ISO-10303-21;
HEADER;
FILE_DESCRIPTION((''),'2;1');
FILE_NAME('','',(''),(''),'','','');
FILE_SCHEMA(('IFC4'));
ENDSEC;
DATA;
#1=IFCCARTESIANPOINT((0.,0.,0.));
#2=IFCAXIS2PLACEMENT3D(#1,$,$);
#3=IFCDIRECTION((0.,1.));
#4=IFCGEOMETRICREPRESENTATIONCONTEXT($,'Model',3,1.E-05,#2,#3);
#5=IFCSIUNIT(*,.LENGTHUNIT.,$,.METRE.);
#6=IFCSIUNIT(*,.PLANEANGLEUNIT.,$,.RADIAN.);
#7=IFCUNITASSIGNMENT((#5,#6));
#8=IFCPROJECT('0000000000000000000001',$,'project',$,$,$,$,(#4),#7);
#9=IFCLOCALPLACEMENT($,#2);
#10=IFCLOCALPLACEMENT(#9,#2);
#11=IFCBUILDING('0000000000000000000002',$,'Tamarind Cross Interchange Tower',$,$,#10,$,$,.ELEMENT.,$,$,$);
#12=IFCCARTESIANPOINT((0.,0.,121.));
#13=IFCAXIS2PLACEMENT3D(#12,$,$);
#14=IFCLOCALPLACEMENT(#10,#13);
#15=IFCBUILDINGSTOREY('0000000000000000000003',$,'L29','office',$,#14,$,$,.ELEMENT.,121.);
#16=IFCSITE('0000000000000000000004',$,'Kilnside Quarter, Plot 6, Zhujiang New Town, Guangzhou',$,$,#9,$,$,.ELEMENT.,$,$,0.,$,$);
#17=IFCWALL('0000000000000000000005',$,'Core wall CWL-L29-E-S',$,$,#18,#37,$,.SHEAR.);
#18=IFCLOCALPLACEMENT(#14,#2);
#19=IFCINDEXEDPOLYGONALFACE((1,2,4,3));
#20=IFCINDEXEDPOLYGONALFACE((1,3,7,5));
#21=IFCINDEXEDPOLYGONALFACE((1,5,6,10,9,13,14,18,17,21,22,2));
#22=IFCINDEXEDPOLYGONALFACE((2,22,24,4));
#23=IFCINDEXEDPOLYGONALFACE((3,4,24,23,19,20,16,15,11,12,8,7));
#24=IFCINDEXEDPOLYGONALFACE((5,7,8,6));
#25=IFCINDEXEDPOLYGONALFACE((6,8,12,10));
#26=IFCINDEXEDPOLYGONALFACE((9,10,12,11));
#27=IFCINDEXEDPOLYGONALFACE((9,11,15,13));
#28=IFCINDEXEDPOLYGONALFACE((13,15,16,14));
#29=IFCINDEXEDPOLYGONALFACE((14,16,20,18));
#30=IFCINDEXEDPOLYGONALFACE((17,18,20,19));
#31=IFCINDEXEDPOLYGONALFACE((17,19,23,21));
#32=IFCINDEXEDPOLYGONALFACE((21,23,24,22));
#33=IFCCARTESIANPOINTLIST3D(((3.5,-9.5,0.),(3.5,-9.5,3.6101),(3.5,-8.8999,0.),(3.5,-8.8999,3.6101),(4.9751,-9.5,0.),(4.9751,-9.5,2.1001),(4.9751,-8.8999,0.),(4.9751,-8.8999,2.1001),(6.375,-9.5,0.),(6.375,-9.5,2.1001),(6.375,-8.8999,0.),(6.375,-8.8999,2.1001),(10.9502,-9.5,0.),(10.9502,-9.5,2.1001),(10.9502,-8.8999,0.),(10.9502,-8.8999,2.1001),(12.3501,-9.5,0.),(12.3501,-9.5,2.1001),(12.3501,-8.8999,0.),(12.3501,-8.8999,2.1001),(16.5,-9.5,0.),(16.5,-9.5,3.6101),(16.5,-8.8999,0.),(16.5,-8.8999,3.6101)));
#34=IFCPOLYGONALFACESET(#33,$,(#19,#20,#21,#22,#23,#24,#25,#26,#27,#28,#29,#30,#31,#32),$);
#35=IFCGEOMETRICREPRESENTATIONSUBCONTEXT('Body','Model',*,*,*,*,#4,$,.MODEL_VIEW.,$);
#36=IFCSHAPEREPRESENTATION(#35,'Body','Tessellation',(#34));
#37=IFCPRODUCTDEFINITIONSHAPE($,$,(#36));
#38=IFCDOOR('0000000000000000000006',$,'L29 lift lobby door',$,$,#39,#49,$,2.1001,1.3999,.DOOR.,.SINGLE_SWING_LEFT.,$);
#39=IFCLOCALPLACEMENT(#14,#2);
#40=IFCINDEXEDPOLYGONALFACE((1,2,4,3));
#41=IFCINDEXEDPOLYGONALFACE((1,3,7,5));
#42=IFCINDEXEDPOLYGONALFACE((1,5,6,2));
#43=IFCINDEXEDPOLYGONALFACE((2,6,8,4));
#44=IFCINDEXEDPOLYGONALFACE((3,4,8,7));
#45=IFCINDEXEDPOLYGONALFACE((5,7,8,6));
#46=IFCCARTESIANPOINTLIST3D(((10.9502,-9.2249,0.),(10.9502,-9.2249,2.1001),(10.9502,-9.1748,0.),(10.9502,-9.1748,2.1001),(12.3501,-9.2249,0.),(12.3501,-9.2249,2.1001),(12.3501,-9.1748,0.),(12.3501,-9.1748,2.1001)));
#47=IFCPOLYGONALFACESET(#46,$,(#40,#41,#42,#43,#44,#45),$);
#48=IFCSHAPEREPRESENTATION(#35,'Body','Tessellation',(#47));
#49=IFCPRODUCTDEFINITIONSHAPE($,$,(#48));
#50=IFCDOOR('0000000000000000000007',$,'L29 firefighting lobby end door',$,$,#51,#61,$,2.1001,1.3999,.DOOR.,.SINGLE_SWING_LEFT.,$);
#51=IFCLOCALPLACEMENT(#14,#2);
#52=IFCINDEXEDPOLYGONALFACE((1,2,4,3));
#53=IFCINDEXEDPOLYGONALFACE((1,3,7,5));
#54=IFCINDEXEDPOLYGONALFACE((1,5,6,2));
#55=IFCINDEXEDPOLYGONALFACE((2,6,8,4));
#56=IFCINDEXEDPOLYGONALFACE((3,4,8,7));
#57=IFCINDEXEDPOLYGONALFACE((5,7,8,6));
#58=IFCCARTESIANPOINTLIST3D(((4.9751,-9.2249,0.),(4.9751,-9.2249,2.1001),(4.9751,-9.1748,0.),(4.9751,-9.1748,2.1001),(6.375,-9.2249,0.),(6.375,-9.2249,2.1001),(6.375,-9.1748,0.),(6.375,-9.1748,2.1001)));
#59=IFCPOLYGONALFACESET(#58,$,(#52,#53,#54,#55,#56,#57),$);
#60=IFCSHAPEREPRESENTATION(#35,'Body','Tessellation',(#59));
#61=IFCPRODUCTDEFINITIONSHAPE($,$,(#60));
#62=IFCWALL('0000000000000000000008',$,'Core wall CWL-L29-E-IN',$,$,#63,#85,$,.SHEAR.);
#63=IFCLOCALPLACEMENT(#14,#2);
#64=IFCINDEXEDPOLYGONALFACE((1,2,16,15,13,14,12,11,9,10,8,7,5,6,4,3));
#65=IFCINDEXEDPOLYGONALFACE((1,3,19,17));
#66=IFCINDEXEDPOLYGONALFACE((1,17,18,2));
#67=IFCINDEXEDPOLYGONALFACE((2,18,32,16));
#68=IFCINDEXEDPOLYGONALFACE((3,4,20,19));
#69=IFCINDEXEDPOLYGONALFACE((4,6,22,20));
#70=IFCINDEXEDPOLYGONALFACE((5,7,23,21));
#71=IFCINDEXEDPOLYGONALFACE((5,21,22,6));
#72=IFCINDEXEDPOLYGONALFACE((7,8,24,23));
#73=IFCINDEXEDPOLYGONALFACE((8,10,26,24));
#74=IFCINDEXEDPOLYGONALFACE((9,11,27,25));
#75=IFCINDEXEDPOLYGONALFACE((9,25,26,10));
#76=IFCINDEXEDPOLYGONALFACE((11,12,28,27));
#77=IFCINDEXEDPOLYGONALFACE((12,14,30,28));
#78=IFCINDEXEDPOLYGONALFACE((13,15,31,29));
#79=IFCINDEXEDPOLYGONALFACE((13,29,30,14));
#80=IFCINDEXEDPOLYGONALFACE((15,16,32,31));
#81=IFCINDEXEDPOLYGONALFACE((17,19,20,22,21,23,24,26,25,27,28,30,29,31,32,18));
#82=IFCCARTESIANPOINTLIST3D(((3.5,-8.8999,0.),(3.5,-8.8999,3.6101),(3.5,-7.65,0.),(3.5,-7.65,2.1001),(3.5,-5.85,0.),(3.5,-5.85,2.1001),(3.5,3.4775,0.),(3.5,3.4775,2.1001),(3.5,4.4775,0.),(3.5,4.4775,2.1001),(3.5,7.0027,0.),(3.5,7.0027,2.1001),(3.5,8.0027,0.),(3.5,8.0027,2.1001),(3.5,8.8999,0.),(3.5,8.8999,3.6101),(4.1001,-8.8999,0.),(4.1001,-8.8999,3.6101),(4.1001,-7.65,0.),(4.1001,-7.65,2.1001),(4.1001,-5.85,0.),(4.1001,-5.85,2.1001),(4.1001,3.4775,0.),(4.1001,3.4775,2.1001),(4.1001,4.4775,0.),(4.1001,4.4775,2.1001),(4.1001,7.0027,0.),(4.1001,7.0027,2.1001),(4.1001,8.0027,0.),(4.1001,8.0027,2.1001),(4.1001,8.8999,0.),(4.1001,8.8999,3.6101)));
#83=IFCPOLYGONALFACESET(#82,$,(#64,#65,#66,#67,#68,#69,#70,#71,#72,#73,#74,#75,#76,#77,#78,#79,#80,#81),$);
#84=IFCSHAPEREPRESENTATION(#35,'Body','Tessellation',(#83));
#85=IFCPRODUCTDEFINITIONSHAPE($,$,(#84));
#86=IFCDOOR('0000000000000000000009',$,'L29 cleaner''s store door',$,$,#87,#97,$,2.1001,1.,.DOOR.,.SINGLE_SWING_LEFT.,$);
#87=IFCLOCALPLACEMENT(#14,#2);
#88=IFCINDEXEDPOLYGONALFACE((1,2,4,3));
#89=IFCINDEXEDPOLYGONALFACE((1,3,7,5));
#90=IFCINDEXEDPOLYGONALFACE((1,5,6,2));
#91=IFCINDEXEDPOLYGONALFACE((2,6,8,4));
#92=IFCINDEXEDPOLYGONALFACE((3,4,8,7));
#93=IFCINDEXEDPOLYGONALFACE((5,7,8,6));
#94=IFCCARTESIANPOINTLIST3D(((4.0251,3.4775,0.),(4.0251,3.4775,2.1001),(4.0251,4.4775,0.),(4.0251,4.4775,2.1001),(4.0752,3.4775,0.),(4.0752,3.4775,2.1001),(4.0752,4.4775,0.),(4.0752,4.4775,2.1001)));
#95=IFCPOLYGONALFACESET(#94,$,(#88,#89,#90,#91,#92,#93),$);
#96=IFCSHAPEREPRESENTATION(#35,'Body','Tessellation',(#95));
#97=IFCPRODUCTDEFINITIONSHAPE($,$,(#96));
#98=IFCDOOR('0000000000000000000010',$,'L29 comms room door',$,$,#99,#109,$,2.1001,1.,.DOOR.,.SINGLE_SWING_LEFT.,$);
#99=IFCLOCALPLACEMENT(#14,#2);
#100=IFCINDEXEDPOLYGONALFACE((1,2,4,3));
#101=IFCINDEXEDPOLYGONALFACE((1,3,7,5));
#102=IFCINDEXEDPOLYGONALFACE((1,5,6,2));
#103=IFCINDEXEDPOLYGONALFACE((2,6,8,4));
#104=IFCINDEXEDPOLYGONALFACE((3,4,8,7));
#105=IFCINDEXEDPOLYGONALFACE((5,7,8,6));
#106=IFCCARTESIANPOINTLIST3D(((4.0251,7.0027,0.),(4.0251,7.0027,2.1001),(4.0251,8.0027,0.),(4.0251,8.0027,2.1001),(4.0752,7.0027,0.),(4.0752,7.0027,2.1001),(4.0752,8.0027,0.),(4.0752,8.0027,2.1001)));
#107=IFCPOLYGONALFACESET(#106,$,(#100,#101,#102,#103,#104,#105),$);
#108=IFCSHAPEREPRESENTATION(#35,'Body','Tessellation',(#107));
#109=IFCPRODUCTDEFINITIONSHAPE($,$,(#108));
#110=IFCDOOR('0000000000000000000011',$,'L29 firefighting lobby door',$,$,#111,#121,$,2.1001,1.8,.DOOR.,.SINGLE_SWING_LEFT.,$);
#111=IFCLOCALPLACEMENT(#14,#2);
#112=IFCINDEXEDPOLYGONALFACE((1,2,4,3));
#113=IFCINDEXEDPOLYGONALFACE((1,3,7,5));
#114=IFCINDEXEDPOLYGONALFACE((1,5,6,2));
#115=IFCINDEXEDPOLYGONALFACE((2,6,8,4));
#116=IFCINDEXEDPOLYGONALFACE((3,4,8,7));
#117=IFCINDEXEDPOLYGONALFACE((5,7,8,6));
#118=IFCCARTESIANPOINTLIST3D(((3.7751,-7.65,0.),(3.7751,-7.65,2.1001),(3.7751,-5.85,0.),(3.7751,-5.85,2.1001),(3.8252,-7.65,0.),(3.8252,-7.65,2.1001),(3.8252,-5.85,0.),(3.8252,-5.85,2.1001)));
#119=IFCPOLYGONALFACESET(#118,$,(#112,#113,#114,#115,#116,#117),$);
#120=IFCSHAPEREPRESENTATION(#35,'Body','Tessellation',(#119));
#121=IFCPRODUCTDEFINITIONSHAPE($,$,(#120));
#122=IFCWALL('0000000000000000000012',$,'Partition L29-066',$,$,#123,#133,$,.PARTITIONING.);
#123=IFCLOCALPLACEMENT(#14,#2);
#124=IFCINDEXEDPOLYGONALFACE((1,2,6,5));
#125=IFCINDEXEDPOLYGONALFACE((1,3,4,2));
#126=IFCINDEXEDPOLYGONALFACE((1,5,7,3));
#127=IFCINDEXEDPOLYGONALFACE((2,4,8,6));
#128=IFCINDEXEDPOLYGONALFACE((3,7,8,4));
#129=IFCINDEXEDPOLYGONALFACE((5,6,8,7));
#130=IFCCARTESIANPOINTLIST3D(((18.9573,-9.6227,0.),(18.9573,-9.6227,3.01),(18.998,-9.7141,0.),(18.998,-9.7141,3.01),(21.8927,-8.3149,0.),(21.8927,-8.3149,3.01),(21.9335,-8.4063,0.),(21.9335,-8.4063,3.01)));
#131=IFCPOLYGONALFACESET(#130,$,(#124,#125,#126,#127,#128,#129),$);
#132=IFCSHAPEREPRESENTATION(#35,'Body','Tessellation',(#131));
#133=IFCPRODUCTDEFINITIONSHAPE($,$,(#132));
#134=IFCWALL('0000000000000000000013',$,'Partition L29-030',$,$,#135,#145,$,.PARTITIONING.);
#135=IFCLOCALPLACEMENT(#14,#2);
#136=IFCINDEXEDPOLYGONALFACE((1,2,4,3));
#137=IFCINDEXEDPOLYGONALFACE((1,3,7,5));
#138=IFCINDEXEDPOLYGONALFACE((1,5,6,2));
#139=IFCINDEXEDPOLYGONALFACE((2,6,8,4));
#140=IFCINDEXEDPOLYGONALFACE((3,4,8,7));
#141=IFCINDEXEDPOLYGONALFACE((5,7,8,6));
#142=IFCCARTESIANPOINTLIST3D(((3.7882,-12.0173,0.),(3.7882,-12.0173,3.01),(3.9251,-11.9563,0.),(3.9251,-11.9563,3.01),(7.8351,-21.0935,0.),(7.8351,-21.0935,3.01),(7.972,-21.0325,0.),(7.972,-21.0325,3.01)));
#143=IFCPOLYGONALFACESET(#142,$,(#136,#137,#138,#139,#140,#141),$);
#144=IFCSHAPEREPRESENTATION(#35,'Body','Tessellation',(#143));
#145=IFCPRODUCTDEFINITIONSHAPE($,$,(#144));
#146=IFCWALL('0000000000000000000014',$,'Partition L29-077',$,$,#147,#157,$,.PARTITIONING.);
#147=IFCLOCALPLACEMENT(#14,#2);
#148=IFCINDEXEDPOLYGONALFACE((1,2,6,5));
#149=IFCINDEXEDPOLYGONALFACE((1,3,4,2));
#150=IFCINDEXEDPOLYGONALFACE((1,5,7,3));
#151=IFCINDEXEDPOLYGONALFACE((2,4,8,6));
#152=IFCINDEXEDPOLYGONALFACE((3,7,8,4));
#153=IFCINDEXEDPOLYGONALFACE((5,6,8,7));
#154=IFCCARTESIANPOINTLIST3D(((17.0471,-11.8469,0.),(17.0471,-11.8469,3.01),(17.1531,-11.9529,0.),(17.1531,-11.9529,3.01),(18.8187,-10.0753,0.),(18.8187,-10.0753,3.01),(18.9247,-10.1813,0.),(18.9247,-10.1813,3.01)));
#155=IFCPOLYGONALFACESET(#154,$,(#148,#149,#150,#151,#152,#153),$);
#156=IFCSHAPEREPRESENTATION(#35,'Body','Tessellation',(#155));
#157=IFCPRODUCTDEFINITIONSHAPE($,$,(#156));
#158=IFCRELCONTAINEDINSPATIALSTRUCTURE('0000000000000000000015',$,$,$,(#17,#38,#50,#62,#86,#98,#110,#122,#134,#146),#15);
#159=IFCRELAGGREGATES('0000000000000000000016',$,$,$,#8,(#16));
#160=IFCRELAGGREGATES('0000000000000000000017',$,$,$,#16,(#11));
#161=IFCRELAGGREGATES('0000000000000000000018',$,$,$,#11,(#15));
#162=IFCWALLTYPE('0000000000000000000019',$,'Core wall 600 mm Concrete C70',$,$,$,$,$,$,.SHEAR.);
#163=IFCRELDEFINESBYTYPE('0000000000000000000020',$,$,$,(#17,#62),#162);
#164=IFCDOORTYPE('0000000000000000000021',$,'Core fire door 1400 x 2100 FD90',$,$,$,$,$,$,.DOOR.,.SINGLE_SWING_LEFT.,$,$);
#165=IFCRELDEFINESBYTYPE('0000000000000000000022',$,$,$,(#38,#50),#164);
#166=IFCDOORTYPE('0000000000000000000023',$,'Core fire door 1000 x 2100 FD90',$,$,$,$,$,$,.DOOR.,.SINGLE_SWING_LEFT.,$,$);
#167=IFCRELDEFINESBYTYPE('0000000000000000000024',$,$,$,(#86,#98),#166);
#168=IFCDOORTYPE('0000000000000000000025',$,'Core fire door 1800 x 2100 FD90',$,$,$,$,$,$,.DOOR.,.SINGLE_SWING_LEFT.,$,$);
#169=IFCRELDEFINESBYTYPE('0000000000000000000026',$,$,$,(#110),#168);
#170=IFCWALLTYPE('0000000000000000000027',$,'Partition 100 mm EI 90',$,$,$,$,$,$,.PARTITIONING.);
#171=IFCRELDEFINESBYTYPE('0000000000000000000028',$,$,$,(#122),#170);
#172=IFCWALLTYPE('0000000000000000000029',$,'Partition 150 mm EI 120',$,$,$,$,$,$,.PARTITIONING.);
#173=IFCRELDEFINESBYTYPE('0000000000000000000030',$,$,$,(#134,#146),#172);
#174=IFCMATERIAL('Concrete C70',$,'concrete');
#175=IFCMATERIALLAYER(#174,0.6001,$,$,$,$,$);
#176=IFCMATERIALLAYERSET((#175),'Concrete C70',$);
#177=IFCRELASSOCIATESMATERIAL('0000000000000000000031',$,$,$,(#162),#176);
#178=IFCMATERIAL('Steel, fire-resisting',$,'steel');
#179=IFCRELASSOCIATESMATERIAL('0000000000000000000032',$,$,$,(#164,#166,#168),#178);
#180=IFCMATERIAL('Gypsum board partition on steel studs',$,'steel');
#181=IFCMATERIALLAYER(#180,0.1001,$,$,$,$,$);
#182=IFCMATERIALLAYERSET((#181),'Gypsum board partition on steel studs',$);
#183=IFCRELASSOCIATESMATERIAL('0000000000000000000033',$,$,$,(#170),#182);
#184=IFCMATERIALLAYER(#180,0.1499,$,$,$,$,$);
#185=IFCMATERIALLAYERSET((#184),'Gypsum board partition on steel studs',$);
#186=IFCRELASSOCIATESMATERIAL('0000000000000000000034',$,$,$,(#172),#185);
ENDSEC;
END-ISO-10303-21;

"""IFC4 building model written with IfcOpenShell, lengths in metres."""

from ifc_helpers import new_model, si_unit, direction, frame, frame_2d, origin, place, context, subcontext, project, spatial, rectangle, extrude, material, layer, layer_set, type_object, element, fill, save


model = new_model("IFC4")

# Units and contexts
model_context = context("Model", 3, precision=1e-05, world=origin(), true_north=direction((0.0, 1.0)))
body_context = subcontext(model_context, "Body", "Model", "MODEL_VIEW")
ifc_project = project(units=[si_unit("LENGTHUNIT", "METRE"), si_unit("PLANEANGLEUNIT", "RADIAN")], contexts=[model_context])

# Site, building, storey
site_placement = place(None, origin())
site = spatial("IfcSite", under=ifc_project, at=site_placement, Name="Kilnside Quarter, Plot 6, Zhujiang New Town, Guangzhou", CompositionType="ELEMENT", RefElevation=0.0)
building_placement = place(site_placement, origin())
building = spatial("IfcBuilding", under=site, at=building_placement, Name="Tamarind Cross Interchange Tower", CompositionType="ELEMENT")
storey_placement = place(building_placement, frame((0.0, 0.0, 121.0)))
storey = spatial("IfcBuildingStorey", under=building, at=storey_placement, Name="L29", Description="office", CompositionType="ELEMENT", Elevation=121.0)

# Walls, openings, doors
ifc_material_1 = material(Name="Concrete C70", Category="concrete")
ifc_layer_1 = layer(ifc_material_1, 0.6001)
ifc_layer_set_1 = layer_set([ifc_layer_1], Name="Concrete C70")
wall_type_1 = type_object("IfcWallType", Name="Core wall 600 mm Concrete C70", PredefinedType="SHEAR", material=ifc_layer_set_1)
wall_1_placement = place(storey_placement, frame((16.5, -9.2, 0.0), z_axis=(0.0, 0.0, 1.0), x_axis=(-1.0, 0.0, 0.0)))
wall_1 = element("IfcWall", 1, at=wall_1_placement, inside=storey, type_object=wall_type_1, Name="Core wall CWL-L29-E-S", PredefinedType="SHEAR", context=body_context, shape_type="SweptSolid", body=[
    extrude(rectangle(XDim=13.0, YDim=0.6001, at=frame_2d((6.5, 0.0))), origin(), (0.0, 0.0, 1.0), 3.6101),
])
opening_1_placement = place(wall_1_placement, frame((4.1499, 0.0, 0.0)))
opening_1 = element("IfcOpeningElement", 2, at=opening_1_placement, cuts=wall_1, PredefinedType="OPENING", context=body_context, shape_type="SweptSolid", body=[
    extrude(rectangle(XDim=1.3999, YDim=2.1001, at=frame_2d((0.7, 1.05))), frame((0.0, 0.3101, 0.0), z_axis=(0.0, -1.0, 0.0), x_axis=(1.0, 0.0, 0.0)), (0.0, 0.0, 1.0), 0.6201),
])
opening_2_placement = place(wall_1_placement, frame((10.125, 0.0, 0.0)))
opening_2 = element("IfcOpeningElement", 3, at=opening_2_placement, cuts=wall_1, PredefinedType="OPENING", context=body_context, shape_type="SweptSolid", body=[
    extrude(rectangle(XDim=1.3999, YDim=2.1001, at=frame_2d((0.7, 1.05))), frame((0.0, 0.3101, 0.0), z_axis=(0.0, -1.0, 0.0), x_axis=(1.0, 0.0, 0.0)), (0.0, 0.0, 1.0), 0.6201),
])
ifc_material_2 = material(Name="Steel, fire-resisting", Category="steel")
door_type_1 = type_object("IfcDoorType", Name="Core fire door 1400 x 2100 FD90", OperationType="SINGLE_SWING_LEFT", PredefinedType="DOOR", material=ifc_material_2)
door_1_placement = place(opening_1_placement, origin())
door_1 = element("IfcDoor", 4, at=door_1_placement, inside=storey, type_object=door_type_1, Name="L29 lift lobby door", OperationType="SINGLE_SWING_LEFT", OverallHeight=2.1001, OverallWidth=1.3999, PredefinedType="DOOR", context=body_context, shape_type="SweptSolid", body=[
    extrude(rectangle(XDim=1.3999, YDim=2.1001, at=frame_2d((0.7, 1.05))), frame((0.0, 0.0249, 0.0), z_axis=(0.0, -1.0, 0.0), x_axis=(1.0, 0.0, 0.0)), (0.0, 0.0, 1.0), 0.05),
])
fill(opening_1, door_1)
door_2_placement = place(opening_2_placement, origin())
door_2 = element("IfcDoor", 5, at=door_2_placement, inside=storey, type_object=door_type_1, Name="L29 firefighting lobby end door", OperationType="SINGLE_SWING_LEFT", OverallHeight=2.1001, OverallWidth=1.3999, PredefinedType="DOOR", context=body_context, shape_type="SweptSolid", body=[
    extrude(rectangle(XDim=1.3999, YDim=2.1001, at=frame_2d((0.7, 1.05))), frame((0.0, 0.0249, 0.0), z_axis=(0.0, -1.0, 0.0), x_axis=(1.0, 0.0, 0.0)), (0.0, 0.0, 1.0), 0.05),
])
fill(opening_2, door_2)
wall_2_placement = place(storey_placement, frame((3.8, -8.8999, 0.0), z_axis=(0.0, 0.0, 1.0), x_axis=(0.0, 1.0, 0.0)))
wall_2 = element("IfcWall", 6, at=wall_2_placement, inside=storey, type_object=wall_type_1, Name="Core wall CWL-L29-E-IN", PredefinedType="SHEAR", context=body_context, shape_type="SweptSolid", body=[
    extrude(rectangle(XDim=17.7998, YDim=0.6001, at=frame_2d((8.8999, 0.0))), origin(), (0.0, 0.0, 1.0), 3.6101),
])
opening_3_placement = place(wall_2_placement, frame((1.25, 0.0, 0.0)))
opening_3 = element("IfcOpeningElement", 7, at=opening_3_placement, cuts=wall_2, PredefinedType="OPENING", context=body_context, shape_type="SweptSolid", body=[
    extrude(rectangle(XDim=1.8, YDim=2.1001, at=frame_2d((0.8999, 1.05))), frame((0.0, 0.3101, 0.0), z_axis=(0.0, -1.0, 0.0), x_axis=(1.0, 0.0, 0.0)), (0.0, 0.0, 1.0), 0.6201),
])
opening_4_placement = place(wall_2_placement, frame((12.3774, 0.0, 0.0)))
opening_4 = element("IfcOpeningElement", 8, at=opening_4_placement, cuts=wall_2, PredefinedType="OPENING", context=body_context, shape_type="SweptSolid", body=[
    extrude(rectangle(XDim=1.0, YDim=2.1001, at=frame_2d((0.5, 1.05))), frame((0.0, 0.3101, 0.0), z_axis=(0.0, -1.0, 0.0), x_axis=(1.0, 0.0, 0.0)), (0.0, 0.0, 1.0), 0.6201),
])
opening_5_placement = place(wall_2_placement, frame((15.9026, 0.0, 0.0)))
opening_5 = element("IfcOpeningElement", 9, at=opening_5_placement, cuts=wall_2, PredefinedType="OPENING", context=body_context, shape_type="SweptSolid", body=[
    extrude(rectangle(XDim=1.0, YDim=2.1001, at=frame_2d((0.5, 1.05))), frame((0.0, 0.3101, 0.0), z_axis=(0.0, -1.0, 0.0), x_axis=(1.0, 0.0, 0.0)), (0.0, 0.0, 1.0), 0.6201),
])
door_type_2 = type_object("IfcDoorType", Name="Core fire door 1000 x 2100 FD90", OperationType="SINGLE_SWING_LEFT", PredefinedType="DOOR", material=ifc_material_2)
door_3_placement = place(opening_4_placement, origin())
door_3 = element("IfcDoor", 10, at=door_3_placement, inside=storey, type_object=door_type_2, Name="L29 cleaner's store door", OperationType="SINGLE_SWING_LEFT", OverallHeight=2.1001, OverallWidth=1.0, PredefinedType="DOOR", context=body_context, shape_type="SweptSolid", body=[
    extrude(rectangle(XDim=1.0, YDim=2.1001, at=frame_2d((0.5, 1.05))), frame((0.0, -0.2251, 0.0), z_axis=(0.0, -1.0, 0.0), x_axis=(1.0, 0.0, 0.0)), (0.0, 0.0, 1.0), 0.05),
])
fill(opening_4, door_3)
door_4_placement = place(opening_5_placement, origin())
door_4 = element("IfcDoor", 11, at=door_4_placement, inside=storey, type_object=door_type_2, Name="L29 comms room door", OperationType="SINGLE_SWING_LEFT", OverallHeight=2.1001, OverallWidth=1.0, PredefinedType="DOOR", context=body_context, shape_type="SweptSolid", body=[
    extrude(rectangle(XDim=1.0, YDim=2.1001, at=frame_2d((0.5, 1.05))), frame((0.0, -0.2251, 0.0), z_axis=(0.0, -1.0, 0.0), x_axis=(1.0, 0.0, 0.0)), (0.0, 0.0, 1.0), 0.05),
])
fill(opening_5, door_4)
door_type_3 = type_object("IfcDoorType", Name="Core fire door 1800 x 2100 FD90", OperationType="SINGLE_SWING_LEFT", PredefinedType="DOOR", material=ifc_material_2)
door_5_placement = place(opening_3_placement, origin())
door_5 = element("IfcDoor", 12, at=door_5_placement, inside=storey, type_object=door_type_3, Name="L29 firefighting lobby door", OperationType="SINGLE_SWING_LEFT", OverallHeight=2.1001, OverallWidth=1.8, PredefinedType="DOOR", context=body_context, shape_type="SweptSolid", body=[
    extrude(rectangle(XDim=1.8, YDim=2.1001, at=frame_2d((0.8999, 1.05))), frame((0.0, 0.0249, 0.0), z_axis=(0.0, -1.0, 0.0), x_axis=(1.0, 0.0, 0.0)), (0.0, 0.0, 1.0), 0.05),
])
fill(opening_3, door_5)

# Walls
ifc_material_3 = material(Name="Gypsum board partition on steel studs", Category="steel")
ifc_layer_2 = layer(ifc_material_3, 0.1001)
ifc_layer_set_2 = layer_set([ifc_layer_2], Name="Gypsum board partition on steel studs")
wall_type_2 = type_object("IfcWallType", Name="Partition 100 mm EI 90", PredefinedType="PARTITIONING", material=ifc_layer_set_2)
wall_3_placement = place(storey_placement, frame((18.9775, -9.6685, 0.0), z_axis=(0.0, 0.0, 1.0), x_axis=(0.913445, 0.406963, 0.0)))
element("IfcWall", 13, at=wall_3_placement, inside=storey, type_object=wall_type_2, Name="Partition L29-066", PredefinedType="PARTITIONING", context=body_context, shape_type="SweptSolid", body=[
    extrude(rectangle(XDim=3.2136, YDim=0.1001, at=frame_2d((1.6069, 0.0))), origin(), (0.0, 0.0, 1.0), 3.01),
])
ifc_layer_3 = layer(ifc_material_3, 0.1499)
ifc_layer_set_3 = layer_set([ifc_layer_3], Name="Gypsum board partition on steel studs")
wall_type_3 = type_object("IfcWallType", Name="Partition 150 mm EI 120", PredefinedType="PARTITIONING", material=ifc_layer_set_3)
wall_4_placement = place(storey_placement, frame((3.8567, -11.9868, 0.0), z_axis=(0.0, 0.0, 1.0), x_axis=(0.407232, -0.913325, 0.0)))
element("IfcWall", 14, at=wall_4_placement, inside=storey, type_object=wall_type_3, Name="Partition L29-030", PredefinedType="PARTITIONING", context=body_context, shape_type="SweptSolid", body=[
    extrude(rectangle(XDim=9.9375, YDim=0.1499, at=frame_2d((4.9688, 0.0))), origin(), (0.0, 0.0, 1.0), 3.01),
])
wall_5_placement = place(storey_placement, frame((17.1001, -11.8999, 0.0), z_axis=(0.0, 0.0, 1.0), x_axis=(0.707107, 0.707107, 0.0)))
element("IfcWall", 15, at=wall_5_placement, inside=storey, type_object=wall_type_3, Name="Partition L29-077", PredefinedType="PARTITIONING", context=body_context, shape_type="SweptSolid", body=[
    extrude(rectangle(XDim=2.5054, YDim=0.1499, at=frame_2d((1.2527, 0.0))), origin(), (0.0, 0.0, 1.0), 3.01),
])

save(model, "model.ifc")
